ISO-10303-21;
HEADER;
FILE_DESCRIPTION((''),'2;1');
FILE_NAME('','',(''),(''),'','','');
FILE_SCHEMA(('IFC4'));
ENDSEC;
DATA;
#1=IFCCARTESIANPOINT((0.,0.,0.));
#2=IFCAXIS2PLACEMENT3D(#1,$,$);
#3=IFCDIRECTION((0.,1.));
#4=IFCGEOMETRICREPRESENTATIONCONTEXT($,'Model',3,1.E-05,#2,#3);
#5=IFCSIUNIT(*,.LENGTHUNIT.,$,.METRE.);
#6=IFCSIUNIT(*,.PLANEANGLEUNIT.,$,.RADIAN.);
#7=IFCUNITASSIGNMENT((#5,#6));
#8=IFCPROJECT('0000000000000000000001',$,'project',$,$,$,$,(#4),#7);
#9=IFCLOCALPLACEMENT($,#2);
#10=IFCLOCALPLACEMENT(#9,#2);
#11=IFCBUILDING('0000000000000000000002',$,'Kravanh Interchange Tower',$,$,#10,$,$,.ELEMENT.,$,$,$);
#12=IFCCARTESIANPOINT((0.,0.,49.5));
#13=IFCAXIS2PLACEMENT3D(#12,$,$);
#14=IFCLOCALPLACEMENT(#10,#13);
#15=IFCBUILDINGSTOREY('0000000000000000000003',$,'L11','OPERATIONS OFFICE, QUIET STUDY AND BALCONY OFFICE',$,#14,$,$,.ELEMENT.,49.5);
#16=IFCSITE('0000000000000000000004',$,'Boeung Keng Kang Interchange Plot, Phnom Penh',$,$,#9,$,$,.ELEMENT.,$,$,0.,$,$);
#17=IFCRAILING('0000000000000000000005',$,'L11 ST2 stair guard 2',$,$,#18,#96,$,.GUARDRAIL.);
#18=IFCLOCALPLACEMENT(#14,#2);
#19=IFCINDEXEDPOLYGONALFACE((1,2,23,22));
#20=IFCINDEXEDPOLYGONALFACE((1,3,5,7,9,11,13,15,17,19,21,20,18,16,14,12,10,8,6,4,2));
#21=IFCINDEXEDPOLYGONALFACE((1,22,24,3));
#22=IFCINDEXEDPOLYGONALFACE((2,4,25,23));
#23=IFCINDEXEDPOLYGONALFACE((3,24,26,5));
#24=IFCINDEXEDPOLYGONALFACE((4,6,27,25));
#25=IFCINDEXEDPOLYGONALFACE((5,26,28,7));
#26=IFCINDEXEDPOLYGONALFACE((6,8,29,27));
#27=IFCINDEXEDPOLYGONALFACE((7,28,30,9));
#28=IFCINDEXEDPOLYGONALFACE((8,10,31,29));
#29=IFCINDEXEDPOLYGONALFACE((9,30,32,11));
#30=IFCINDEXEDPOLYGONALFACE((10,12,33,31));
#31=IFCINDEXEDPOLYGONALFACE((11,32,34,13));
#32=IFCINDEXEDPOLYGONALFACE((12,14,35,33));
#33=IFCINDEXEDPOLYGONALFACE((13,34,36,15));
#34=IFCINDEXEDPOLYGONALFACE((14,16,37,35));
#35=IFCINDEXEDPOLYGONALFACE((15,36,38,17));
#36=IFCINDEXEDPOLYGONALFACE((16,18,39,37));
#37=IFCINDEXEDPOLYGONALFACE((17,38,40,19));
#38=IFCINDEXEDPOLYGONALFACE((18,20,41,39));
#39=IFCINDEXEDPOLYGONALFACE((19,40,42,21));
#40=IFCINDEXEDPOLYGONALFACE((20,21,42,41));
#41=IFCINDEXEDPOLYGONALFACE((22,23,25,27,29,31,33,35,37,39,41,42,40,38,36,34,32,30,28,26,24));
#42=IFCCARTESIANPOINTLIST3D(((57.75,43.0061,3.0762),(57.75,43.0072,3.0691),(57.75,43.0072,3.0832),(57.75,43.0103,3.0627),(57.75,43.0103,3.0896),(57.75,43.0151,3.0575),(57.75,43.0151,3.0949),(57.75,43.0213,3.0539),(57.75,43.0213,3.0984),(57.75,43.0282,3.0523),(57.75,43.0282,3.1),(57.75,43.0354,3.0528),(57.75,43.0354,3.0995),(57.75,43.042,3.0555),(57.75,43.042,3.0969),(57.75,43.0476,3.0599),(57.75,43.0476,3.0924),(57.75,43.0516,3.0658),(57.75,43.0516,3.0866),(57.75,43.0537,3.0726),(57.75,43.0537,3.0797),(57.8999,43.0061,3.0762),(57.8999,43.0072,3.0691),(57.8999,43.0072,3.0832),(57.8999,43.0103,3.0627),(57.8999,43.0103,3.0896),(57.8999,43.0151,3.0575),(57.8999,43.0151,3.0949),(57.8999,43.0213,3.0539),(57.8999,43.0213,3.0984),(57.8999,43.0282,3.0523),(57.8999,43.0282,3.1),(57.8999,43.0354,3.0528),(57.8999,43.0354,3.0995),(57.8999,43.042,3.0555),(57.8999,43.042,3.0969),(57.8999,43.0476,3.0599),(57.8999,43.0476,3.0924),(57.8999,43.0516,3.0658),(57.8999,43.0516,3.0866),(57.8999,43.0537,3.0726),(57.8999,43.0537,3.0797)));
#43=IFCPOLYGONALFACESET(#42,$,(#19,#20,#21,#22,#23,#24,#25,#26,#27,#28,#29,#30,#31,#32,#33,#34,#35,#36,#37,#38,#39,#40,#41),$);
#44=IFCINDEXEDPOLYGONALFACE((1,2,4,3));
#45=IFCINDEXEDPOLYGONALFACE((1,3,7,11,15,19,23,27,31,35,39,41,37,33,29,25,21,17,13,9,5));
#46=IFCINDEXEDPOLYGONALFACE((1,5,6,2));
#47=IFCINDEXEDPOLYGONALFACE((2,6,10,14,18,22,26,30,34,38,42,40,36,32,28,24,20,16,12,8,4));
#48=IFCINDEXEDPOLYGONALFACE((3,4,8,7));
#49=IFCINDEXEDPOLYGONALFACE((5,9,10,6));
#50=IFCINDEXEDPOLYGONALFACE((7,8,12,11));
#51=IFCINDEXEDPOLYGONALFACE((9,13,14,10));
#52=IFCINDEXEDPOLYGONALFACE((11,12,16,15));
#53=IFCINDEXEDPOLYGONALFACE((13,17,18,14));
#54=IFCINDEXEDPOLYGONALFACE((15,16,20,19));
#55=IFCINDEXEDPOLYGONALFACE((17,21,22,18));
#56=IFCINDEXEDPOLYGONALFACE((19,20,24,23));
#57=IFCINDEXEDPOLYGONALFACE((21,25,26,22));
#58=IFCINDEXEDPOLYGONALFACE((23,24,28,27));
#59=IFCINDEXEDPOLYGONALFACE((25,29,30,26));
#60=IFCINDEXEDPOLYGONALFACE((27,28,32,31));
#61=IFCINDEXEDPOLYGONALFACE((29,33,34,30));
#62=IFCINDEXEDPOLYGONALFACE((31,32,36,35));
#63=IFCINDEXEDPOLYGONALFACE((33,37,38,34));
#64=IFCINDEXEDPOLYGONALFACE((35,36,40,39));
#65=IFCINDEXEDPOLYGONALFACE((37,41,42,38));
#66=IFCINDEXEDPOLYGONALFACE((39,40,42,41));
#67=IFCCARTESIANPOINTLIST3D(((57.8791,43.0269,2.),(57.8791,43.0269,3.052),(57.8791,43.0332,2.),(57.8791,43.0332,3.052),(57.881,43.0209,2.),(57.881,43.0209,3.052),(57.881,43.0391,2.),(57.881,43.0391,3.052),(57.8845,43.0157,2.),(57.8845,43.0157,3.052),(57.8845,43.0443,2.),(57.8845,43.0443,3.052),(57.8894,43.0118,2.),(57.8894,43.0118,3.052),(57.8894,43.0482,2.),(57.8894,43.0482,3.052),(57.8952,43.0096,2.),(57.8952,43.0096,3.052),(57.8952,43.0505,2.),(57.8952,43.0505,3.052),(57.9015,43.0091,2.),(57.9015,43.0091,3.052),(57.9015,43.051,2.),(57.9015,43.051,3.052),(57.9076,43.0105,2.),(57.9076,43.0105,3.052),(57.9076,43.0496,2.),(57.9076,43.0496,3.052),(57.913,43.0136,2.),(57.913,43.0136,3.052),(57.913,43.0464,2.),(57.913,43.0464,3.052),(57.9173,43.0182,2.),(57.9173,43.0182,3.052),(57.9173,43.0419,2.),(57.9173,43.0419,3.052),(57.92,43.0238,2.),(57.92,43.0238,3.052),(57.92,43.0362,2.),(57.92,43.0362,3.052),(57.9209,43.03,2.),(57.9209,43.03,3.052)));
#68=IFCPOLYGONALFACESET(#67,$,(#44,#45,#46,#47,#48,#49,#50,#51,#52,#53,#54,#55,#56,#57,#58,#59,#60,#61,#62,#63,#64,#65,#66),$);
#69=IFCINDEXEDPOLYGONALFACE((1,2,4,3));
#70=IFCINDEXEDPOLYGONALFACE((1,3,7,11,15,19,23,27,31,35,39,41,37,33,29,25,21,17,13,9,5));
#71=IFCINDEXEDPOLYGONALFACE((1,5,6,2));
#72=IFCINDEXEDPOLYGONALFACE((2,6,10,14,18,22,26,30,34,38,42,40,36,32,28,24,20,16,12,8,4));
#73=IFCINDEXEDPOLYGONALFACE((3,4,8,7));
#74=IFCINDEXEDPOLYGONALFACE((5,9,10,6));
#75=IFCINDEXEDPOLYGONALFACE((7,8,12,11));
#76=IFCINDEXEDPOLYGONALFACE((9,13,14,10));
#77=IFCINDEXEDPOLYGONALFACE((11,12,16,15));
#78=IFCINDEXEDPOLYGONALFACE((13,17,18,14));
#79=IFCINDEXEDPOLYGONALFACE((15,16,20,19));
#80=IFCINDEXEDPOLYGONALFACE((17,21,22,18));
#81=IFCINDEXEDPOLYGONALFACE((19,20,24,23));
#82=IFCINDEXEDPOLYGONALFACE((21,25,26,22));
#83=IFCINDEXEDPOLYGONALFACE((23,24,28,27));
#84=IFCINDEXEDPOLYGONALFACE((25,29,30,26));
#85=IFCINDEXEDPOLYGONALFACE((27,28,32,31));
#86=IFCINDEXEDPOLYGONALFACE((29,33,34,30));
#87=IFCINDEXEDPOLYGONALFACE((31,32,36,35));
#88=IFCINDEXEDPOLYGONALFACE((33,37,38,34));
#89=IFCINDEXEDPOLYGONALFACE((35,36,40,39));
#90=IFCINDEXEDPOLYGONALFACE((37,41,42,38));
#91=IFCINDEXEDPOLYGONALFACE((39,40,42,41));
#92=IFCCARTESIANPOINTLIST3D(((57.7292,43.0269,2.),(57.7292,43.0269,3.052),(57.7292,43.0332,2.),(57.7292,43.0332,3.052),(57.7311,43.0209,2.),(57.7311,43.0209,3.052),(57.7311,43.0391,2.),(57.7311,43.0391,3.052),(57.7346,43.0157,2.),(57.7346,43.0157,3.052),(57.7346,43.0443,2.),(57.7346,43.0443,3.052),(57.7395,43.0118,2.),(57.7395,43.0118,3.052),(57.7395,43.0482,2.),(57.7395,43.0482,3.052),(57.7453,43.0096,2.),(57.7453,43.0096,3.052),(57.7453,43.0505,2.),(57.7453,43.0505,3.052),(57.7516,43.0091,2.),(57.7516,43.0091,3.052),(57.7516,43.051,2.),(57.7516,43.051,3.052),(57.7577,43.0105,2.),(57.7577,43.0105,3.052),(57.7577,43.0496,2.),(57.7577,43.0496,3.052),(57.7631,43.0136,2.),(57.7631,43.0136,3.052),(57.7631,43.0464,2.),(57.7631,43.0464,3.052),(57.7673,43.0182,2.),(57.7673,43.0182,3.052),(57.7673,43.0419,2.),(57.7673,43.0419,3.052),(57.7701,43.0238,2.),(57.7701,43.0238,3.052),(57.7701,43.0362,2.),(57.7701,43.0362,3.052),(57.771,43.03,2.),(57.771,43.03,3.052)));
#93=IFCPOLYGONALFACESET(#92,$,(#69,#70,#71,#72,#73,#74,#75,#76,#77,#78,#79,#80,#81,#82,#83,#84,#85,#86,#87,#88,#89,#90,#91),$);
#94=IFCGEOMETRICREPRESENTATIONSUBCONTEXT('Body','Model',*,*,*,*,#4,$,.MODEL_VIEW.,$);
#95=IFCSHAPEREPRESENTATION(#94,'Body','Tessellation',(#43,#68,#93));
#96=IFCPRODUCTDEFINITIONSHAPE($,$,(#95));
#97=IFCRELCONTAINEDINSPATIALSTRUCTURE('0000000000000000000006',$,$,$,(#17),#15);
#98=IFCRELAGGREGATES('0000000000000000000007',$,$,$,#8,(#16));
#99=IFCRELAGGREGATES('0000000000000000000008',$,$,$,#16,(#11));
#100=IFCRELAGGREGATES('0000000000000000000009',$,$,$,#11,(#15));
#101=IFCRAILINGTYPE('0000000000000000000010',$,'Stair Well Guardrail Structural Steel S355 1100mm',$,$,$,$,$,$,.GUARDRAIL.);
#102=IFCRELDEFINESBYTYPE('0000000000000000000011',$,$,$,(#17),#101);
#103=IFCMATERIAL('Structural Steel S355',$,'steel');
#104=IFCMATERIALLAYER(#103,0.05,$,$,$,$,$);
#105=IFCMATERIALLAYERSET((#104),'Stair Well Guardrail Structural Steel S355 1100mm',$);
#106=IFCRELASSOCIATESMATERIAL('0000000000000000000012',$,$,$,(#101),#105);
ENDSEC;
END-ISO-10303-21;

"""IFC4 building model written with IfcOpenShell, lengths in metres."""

from ifc_helpers import new_model, si_unit, direction, frame, origin, origin_2d, place, context, subcontext, project, spatial, circle, extrude, material, layer, layer_set, type_object, element, save


model = new_model("IFC4")

# Units and contexts
model_context = context("Model", 3, precision=1e-05, world=origin(), true_north=direction((0.0, 1.0)))
body_context = subcontext(model_context, "Body", "Model", "MODEL_VIEW")
ifc_project = project(units=[si_unit("LENGTHUNIT", "METRE"), si_unit("PLANEANGLEUNIT", "RADIAN")], contexts=[model_context])

# Site, building, storey
site_placement = place(None, origin())
site = spatial("IfcSite", under=ifc_project, at=site_placement, Name="Boeung Keng Kang Interchange Plot, Phnom Penh", CompositionType="ELEMENT", RefElevation=0.0)
building_placement = place(site_placement, origin())
building = spatial("IfcBuilding", under=site, at=building_placement, Name="Kravanh Interchange Tower", CompositionType="ELEMENT")
storey_placement = place(building_placement, frame((0.0, 0.0, 49.5)))
storey = spatial("IfcBuildingStorey", under=building, at=storey_placement, Name="L11", Description="OPERATIONS OFFICE, QUIET STUDY AND BALCONY OFFICE", CompositionType="ELEMENT", Elevation=49.5)

# Railing
ifc_material_1 = material(Name="Structural Steel S355", Category="steel")
ifc_layer_1 = layer(ifc_material_1, 0.05)
ifc_layer_set_1 = layer_set([ifc_layer_1], Name="Stair Well Guardrail Structural Steel S355 1100mm")
railing_type_1 = type_object("IfcRailingType", Name="Stair Well Guardrail Structural Steel S355 1100mm", PredefinedType="GUARDRAIL", material=ifc_layer_set_1)
railing_1_placement = place(storey_placement, frame((57.8999, 43.03, 2.0)))
element("IfcRailing", 1, at=railing_1_placement, inside=storey, type_object=railing_type_1, Name="L11 ST2 stair guard 2", PredefinedType="GUARDRAIL", context=body_context, shape_type="SweptSolid", body=[
    extrude(circle(Radius=0.0239, at=origin_2d()), frame((0.0, 0.0, 1.0762), z_axis=(-1.0, 0.0, 0.0), x_axis=(0.0, -1.0, 0.0)), (0.0, 0.0, 1.0), 0.1499),
    extrude(circle(Radius=0.021, at=origin_2d()), origin(), (0.0, 0.0, 1.0), 1.052),
    extrude(circle(Radius=0.021, at=origin_2d()), frame((-0.1499, 0.0, 0.0)), (0.0, 0.0, 1.0), 1.052),
])

save(model, "model.ifc")
